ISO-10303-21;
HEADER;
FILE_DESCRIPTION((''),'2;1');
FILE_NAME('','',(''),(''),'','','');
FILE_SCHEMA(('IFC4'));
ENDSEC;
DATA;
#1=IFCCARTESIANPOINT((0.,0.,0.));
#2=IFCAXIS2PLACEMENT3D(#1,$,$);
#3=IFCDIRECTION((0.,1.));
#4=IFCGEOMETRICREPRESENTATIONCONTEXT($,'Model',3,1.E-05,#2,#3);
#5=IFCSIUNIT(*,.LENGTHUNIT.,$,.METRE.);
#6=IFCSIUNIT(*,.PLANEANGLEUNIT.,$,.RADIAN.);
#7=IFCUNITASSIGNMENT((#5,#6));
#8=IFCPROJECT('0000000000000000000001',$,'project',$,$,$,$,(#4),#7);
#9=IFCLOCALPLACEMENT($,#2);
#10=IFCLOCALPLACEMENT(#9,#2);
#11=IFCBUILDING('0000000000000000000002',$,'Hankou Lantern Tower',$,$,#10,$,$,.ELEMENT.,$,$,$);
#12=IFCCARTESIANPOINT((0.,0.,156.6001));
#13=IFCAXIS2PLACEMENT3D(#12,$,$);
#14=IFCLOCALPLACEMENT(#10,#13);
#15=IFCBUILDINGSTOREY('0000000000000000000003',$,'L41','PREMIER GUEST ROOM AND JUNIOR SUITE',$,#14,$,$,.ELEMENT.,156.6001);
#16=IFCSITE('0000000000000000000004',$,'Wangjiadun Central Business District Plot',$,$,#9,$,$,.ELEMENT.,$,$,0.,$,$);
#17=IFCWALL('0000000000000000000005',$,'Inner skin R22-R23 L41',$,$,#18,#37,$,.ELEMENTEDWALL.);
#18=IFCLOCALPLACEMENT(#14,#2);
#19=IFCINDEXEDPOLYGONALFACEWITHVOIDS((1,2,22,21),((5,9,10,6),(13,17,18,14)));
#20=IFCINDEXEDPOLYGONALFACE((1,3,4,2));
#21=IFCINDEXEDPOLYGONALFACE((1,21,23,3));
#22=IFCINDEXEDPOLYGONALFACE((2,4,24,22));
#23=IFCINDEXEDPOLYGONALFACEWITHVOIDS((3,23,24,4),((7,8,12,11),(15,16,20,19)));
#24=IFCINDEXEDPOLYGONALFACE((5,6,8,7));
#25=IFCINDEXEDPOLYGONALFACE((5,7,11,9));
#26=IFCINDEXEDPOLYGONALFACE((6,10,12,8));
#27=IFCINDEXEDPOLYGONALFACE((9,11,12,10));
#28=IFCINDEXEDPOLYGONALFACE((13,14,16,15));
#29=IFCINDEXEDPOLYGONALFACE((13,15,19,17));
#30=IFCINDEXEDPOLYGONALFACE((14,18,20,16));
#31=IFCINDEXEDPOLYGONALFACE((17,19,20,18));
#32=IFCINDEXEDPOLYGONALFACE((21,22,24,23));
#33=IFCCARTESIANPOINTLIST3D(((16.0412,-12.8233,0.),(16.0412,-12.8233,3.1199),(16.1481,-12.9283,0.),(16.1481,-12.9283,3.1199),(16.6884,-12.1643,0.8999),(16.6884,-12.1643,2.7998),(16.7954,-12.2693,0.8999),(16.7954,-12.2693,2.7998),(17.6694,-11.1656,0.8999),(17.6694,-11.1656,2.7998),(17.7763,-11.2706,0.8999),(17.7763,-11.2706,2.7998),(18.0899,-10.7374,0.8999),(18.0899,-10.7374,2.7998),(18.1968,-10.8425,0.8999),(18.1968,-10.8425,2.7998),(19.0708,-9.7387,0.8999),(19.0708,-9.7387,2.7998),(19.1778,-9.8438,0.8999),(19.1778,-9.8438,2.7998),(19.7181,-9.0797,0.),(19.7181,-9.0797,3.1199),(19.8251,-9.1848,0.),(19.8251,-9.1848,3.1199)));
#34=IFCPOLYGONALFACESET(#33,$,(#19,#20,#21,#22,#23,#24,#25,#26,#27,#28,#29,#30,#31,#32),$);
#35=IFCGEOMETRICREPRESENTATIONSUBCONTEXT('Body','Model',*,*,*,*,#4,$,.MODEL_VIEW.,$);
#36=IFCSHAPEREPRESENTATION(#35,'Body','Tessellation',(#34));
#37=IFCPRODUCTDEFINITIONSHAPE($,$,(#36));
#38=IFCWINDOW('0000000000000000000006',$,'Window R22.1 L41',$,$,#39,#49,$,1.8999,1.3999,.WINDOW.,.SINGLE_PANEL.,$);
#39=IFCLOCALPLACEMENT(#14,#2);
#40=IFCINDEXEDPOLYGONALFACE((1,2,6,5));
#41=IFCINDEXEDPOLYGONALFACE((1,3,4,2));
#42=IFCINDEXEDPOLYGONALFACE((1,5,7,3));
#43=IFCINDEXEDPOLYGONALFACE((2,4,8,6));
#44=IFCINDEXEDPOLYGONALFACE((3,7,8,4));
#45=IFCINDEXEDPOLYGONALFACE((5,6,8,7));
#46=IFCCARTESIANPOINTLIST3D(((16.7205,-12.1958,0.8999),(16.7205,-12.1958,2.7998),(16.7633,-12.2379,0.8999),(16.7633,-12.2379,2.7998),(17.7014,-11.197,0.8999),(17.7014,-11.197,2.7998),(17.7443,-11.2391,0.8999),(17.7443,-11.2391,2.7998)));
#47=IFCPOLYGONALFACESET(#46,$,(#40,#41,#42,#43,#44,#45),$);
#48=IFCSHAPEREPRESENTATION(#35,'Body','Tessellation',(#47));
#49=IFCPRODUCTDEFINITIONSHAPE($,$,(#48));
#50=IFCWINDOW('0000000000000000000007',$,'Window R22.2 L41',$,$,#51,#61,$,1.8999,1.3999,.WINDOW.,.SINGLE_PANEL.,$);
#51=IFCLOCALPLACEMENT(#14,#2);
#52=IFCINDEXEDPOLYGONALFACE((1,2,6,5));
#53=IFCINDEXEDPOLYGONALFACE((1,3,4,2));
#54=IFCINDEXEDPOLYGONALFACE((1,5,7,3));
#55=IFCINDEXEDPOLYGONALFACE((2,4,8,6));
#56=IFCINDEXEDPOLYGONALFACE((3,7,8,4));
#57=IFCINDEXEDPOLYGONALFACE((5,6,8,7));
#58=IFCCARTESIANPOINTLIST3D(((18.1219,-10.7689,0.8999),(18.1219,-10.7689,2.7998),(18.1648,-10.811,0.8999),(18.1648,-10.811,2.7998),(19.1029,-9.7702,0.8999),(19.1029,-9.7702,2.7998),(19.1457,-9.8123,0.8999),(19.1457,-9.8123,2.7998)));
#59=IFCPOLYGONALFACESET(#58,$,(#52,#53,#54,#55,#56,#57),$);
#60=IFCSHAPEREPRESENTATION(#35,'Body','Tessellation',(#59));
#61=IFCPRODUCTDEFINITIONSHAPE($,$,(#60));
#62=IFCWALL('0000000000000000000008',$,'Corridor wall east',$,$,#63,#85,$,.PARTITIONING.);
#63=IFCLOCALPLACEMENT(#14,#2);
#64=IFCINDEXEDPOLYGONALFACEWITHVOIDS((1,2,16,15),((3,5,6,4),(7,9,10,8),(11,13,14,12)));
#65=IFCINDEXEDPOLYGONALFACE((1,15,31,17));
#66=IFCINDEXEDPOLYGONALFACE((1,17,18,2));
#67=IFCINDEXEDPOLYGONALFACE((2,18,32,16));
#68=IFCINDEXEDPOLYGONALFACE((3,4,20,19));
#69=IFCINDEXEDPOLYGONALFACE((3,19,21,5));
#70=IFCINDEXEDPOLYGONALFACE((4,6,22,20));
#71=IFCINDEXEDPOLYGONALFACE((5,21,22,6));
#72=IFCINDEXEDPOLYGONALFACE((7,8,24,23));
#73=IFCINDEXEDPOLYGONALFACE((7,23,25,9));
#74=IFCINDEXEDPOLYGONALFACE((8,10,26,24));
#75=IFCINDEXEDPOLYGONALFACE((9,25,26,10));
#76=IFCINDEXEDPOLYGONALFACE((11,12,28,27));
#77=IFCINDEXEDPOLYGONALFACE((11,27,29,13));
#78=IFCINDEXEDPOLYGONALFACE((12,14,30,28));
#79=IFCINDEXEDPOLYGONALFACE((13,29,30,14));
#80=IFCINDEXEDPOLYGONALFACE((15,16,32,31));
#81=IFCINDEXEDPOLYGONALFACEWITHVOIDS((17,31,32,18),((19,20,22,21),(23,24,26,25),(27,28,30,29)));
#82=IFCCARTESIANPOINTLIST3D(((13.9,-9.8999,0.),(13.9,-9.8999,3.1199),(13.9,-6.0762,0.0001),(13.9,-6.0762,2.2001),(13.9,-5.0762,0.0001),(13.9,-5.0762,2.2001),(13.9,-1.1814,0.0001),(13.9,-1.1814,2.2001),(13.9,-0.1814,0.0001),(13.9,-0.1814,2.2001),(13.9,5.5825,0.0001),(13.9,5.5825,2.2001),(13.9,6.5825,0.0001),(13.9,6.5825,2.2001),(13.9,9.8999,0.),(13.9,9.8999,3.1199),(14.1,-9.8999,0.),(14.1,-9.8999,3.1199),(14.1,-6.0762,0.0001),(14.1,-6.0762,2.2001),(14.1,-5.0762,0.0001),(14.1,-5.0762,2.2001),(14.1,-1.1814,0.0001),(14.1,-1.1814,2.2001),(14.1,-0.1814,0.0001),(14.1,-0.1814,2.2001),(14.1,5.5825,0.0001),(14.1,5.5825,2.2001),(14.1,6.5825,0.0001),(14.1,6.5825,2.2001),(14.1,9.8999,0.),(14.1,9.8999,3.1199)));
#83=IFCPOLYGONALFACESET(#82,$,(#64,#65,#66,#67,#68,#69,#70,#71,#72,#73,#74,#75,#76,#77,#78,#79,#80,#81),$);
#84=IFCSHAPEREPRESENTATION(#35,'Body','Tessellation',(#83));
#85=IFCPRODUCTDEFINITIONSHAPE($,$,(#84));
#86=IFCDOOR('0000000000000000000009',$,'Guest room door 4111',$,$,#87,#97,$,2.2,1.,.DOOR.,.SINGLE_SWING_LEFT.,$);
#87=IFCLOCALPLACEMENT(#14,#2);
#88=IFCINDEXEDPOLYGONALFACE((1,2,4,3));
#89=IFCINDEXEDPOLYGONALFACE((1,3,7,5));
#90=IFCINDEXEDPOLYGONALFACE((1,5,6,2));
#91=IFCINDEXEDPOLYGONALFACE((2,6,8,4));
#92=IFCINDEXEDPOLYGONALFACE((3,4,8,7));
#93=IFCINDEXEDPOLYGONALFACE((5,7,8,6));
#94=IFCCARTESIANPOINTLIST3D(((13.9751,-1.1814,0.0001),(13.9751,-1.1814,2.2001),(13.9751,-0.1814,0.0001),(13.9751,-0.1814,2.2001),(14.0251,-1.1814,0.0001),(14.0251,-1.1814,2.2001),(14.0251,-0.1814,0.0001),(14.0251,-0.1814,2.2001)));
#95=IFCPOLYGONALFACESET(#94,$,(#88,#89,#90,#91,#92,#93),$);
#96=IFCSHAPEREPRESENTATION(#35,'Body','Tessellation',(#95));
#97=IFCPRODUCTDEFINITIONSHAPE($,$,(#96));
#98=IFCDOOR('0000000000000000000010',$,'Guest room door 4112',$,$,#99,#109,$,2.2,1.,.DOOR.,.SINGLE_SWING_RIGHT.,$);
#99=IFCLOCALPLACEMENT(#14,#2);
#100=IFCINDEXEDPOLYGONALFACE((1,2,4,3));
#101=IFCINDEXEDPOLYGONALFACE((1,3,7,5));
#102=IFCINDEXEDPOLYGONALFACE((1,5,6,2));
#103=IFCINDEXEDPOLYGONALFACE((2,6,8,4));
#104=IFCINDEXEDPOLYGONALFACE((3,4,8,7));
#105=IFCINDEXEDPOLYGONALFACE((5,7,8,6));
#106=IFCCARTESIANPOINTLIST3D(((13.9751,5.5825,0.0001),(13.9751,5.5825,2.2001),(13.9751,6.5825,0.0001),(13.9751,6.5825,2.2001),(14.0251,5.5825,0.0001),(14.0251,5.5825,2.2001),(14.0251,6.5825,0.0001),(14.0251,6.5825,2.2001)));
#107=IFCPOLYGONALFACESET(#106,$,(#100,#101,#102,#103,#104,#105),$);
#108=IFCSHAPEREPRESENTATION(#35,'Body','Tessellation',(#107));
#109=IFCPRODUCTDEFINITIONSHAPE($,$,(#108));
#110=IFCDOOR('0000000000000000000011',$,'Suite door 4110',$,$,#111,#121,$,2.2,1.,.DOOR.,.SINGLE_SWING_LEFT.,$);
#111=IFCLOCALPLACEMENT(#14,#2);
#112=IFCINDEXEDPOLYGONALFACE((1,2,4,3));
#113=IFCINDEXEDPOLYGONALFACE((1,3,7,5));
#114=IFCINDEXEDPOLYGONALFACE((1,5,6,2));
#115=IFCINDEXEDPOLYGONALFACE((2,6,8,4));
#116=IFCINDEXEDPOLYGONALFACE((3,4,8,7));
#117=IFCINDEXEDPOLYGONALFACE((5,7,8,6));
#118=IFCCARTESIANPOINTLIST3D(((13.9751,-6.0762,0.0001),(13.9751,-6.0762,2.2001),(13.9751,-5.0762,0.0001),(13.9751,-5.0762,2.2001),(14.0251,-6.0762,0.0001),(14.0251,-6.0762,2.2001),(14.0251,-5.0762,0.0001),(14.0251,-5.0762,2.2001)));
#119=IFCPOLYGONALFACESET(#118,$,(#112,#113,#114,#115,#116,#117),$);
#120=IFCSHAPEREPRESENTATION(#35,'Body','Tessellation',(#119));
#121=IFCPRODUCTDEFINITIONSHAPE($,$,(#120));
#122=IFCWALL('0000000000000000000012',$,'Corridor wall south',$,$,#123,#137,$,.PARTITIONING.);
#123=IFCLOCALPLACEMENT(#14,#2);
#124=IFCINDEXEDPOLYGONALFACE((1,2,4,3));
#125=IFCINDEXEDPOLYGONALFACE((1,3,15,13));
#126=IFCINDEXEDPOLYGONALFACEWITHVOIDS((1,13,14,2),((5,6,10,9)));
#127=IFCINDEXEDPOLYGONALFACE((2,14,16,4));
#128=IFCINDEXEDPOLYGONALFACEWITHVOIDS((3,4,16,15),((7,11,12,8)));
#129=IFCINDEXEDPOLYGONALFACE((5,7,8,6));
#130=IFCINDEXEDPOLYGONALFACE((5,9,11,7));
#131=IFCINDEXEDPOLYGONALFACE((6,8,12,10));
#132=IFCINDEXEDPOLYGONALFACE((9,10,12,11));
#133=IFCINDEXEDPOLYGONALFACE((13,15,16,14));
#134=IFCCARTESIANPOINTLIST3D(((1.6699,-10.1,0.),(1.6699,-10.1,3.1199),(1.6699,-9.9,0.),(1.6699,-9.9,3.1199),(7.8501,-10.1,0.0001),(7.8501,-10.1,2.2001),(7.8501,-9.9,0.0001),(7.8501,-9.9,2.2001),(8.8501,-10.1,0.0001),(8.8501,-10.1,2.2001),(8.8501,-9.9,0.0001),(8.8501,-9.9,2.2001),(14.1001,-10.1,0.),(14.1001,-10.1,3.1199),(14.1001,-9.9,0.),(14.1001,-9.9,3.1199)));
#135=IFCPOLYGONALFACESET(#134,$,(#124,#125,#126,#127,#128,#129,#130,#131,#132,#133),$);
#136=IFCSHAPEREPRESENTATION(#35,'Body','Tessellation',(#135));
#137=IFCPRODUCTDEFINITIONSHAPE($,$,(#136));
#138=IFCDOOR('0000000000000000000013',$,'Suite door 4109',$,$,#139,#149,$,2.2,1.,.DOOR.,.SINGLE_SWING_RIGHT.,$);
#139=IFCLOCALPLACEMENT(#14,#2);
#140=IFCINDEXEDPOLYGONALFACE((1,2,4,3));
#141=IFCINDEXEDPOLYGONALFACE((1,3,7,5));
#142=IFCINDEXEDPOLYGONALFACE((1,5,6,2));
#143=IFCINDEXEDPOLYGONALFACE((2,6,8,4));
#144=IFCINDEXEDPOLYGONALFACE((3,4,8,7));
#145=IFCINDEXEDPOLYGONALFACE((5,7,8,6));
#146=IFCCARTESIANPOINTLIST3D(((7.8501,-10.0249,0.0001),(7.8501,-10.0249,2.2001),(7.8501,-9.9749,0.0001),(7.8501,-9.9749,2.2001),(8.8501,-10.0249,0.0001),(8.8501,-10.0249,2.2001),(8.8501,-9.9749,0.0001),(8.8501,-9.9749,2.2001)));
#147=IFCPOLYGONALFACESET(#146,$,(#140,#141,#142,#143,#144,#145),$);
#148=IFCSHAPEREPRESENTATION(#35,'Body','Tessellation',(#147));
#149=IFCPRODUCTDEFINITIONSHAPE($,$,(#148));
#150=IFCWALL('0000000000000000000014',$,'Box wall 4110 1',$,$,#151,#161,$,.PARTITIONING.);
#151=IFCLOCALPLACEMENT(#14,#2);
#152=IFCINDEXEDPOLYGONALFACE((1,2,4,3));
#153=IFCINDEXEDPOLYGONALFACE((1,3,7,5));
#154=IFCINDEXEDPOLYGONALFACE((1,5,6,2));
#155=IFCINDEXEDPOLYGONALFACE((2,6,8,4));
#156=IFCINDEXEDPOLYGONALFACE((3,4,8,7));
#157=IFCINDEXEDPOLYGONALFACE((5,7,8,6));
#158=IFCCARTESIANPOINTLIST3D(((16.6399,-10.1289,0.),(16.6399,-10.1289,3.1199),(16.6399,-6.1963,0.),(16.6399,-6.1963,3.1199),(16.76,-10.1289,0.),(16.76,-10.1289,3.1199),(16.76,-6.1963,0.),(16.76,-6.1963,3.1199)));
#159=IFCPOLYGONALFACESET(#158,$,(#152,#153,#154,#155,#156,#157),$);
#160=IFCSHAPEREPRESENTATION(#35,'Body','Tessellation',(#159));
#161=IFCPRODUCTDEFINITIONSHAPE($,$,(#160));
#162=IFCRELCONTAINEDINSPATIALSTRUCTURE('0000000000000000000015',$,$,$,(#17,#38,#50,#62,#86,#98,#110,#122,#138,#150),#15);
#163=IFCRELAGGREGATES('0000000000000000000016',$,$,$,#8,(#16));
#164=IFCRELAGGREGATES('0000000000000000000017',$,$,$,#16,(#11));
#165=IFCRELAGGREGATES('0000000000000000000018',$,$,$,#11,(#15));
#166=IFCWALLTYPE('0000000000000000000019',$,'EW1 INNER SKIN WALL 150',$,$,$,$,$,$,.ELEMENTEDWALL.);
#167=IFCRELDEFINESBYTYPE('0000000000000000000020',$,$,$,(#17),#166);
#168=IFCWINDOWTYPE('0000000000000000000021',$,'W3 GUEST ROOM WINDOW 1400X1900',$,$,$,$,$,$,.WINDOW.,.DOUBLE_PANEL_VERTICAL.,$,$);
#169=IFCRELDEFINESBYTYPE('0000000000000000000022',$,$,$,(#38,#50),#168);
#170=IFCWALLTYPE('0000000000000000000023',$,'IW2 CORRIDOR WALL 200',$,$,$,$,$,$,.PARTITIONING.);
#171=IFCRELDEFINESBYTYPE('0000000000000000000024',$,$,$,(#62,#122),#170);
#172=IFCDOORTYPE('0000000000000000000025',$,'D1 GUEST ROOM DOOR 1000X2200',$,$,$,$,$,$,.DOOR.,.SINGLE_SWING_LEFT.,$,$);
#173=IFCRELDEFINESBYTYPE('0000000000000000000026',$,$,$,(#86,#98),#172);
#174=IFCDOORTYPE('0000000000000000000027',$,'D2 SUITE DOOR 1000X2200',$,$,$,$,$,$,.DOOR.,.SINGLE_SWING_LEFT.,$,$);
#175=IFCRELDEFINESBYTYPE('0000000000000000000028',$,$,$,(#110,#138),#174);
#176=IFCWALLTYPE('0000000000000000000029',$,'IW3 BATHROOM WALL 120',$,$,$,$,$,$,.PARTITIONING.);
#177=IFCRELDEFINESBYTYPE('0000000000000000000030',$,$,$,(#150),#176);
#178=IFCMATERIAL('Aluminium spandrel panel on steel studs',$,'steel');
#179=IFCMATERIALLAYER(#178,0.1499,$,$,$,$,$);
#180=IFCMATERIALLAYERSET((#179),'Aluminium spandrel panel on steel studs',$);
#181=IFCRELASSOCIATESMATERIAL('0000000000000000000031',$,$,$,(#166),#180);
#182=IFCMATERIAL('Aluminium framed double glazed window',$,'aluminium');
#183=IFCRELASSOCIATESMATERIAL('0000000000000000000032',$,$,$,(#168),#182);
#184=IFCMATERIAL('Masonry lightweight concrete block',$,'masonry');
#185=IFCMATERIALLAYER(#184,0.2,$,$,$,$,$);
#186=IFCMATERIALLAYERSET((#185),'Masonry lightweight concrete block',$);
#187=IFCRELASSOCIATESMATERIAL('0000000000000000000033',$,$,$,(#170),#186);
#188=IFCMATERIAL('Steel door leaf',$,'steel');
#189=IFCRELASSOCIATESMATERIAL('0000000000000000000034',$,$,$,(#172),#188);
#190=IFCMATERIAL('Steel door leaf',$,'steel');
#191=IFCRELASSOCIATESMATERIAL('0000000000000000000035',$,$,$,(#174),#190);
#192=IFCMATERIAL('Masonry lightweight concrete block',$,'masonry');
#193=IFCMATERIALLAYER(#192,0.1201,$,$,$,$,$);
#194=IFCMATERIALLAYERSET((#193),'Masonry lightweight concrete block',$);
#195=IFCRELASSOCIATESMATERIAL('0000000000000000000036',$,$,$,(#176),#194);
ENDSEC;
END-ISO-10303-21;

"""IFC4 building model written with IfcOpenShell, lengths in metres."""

from ifc_helpers import new_model, si_unit, direction, frame, frame_2d, origin, place, context, subcontext, project, spatial, rectangle, extrude, material, layer, layer_set, type_object, element, fill, save


model = new_model("IFC4")

# Units and contexts
model_context = context("Model", 3, precision=1e-05, world=origin(), true_north=direction((0.0, 1.0)))
body_context = subcontext(model_context, "Body", "Model", "MODEL_VIEW")
ifc_project = project(units=[si_unit("LENGTHUNIT", "METRE"), si_unit("PLANEANGLEUNIT", "RADIAN")], contexts=[model_context])

# Site, building, storey
site_placement = place(None, origin())
site = spatial("IfcSite", under=ifc_project, at=site_placement, Name="Wangjiadun Central Business District Plot", CompositionType="ELEMENT", RefElevation=0.0)
building_placement = place(site_placement, origin())
building = spatial("IfcBuilding", under=site, at=building_placement, Name="Hankou Lantern Tower", CompositionType="ELEMENT")
storey_placement = place(building_placement, frame((0.0, 0.0, 156.6001)))
storey = spatial("IfcBuildingStorey", under=building, at=storey_placement, Name="L41", Description="PREMIER GUEST ROOM AND JUNIOR SUITE", CompositionType="ELEMENT", Elevation=156.6001)

# Wall, openings, windows
ifc_material_1 = material(Name="Aluminium spandrel panel on steel studs", Category="steel")
ifc_layer_1 = layer(ifc_material_1, 0.1499)
ifc_layer_set_1 = layer_set([ifc_layer_1], Name="Aluminium spandrel panel on steel studs")
wall_type_1 = type_object("IfcWallType", Name="EW1 INNER SKIN WALL 150", PredefinedType="ELEMENTEDWALL", material=ifc_layer_set_1)
wall_1_placement = place(storey_placement, frame((16.0947, -12.8757, 0.0), z_axis=(0.0, 0.0, 1.0), x_axis=(0.700727, 0.713429, 0.0)))
wall_1 = element("IfcWall", 1, at=wall_1_placement, inside=storey, type_object=wall_type_1, Name="Inner skin R22-R23 L41", PredefinedType="ELEMENTEDWALL", context=body_context, shape_type="SweptSolid", body=[
    extrude(rectangle(XDim=5.2473, YDim=0.1499, at=frame_2d((2.6235, 0.0))), origin(), (0.0, 0.0, 1.0), 3.1199),
])
opening_1_placement = place(wall_1_placement, frame((0.9236, 0.0, 0.8999)))
opening_1 = element("IfcOpeningElement", 2, at=opening_1_placement, cuts=wall_1, PredefinedType="OPENING", context=body_context, shape_type="SweptSolid", body=[
    extrude(rectangle(XDim=1.3999, YDim=1.8999, at=frame_2d((0.7, 0.95))), frame((0.0, 0.085, 0.0), z_axis=(0.0, -1.0, 0.0), x_axis=(1.0, 0.0, 0.0)), (0.0, 0.0, 1.0), 0.1699),
])
opening_2_placement = place(wall_1_placement, frame((2.9236, 0.0, 0.8999)))
opening_2 = element("IfcOpeningElement", 3, at=opening_2_placement, cuts=wall_1, PredefinedType="OPENING", context=body_context, shape_type="SweptSolid", body=[
    extrude(rectangle(XDim=1.3999, YDim=1.8999, at=frame_2d((0.7, 0.95))), frame((0.0, 0.085, 0.0), z_axis=(0.0, -1.0, 0.0), x_axis=(1.0, 0.0, 0.0)), (0.0, 0.0, 1.0), 0.1699),
])
ifc_material_2 = material(Name="Aluminium framed double glazed window", Category="aluminium")
window_type = type_object("IfcWindowType", Name="W3 GUEST ROOM WINDOW 1400X1900", PartitioningType="DOUBLE_PANEL_VERTICAL", PredefinedType="WINDOW", material=ifc_material_2)
window_1_placement = place(opening_1_placement, origin())
window_1 = element("IfcWindow", 4, at=window_1_placement, inside=storey, type_object=window_type, Name="Window R22.1 L41", OverallHeight=1.8999, OverallWidth=1.3999, PartitioningType="SINGLE_PANEL", PredefinedType="WINDOW", context=body_context, shape_type="SweptSolid", body=[
    extrude(rectangle(XDim=1.3999, YDim=1.8999, at=frame_2d((0.7, 0.95))), frame((0.0, 0.03, 0.0), z_axis=(0.0, -1.0, 0.0), x_axis=(1.0, 0.0, 0.0)), (0.0, 0.0, 1.0), 0.0601),
])
fill(opening_1, window_1)
window_2_placement = place(opening_2_placement, origin())
window_2 = element("IfcWindow", 5, at=window_2_placement, inside=storey, type_object=window_type, Name="Window R22.2 L41", OverallHeight=1.8999, OverallWidth=1.3999, PartitioningType="SINGLE_PANEL", PredefinedType="WINDOW", context=body_context, shape_type="SweptSolid", body=[
    extrude(rectangle(XDim=1.3999, YDim=1.8999, at=frame_2d((0.7, 0.95))), frame((0.0, 0.03, 0.0), z_axis=(0.0, -1.0, 0.0), x_axis=(1.0, 0.0, 0.0)), (0.0, 0.0, 1.0), 0.0601),
])
fill(opening_2, window_2)

# Wall, openings, doors
ifc_material_3 = material(Name="Masonry lightweight concrete block", Category="masonry")
ifc_layer_2 = layer(ifc_material_3, 0.2)
ifc_layer_set_2 = layer_set([ifc_layer_2], Name="Masonry lightweight concrete block")
wall_type_2 = type_object("IfcWallType", Name="IW2 CORRIDOR WALL 200", PredefinedType="PARTITIONING", material=ifc_layer_set_2)
wall_2_placement = place(storey_placement, frame((14.0, -9.8999, 0.0), z_axis=(0.0, 0.0, 1.0), x_axis=(0.0, 1.0, 0.0)))
wall_2 = element("IfcWall", 6, at=wall_2_placement, inside=storey, type_object=wall_type_2, Name="Corridor wall east", PredefinedType="PARTITIONING", context=body_context, shape_type="SweptSolid", body=[
    extrude(rectangle(XDim=19.7998, YDim=0.2, at=frame_2d((9.8999, 0.0))), origin(), (0.0, 0.0, 1.0), 3.1199),
])
opening_3_placement = place(wall_2_placement, frame((3.8237, 0.0, 0.0)))
opening_3 = element("IfcOpeningElement", 7, at=opening_3_placement, cuts=wall_2, PredefinedType="OPENING", context=body_context, shape_type="SweptSolid", body=[
    extrude(rectangle(XDim=1.0, YDim=2.2, at=frame_2d((0.5, 1.1001))), frame((0.0, 0.1099, 0.0), z_axis=(0.0, -1.0, 0.0), x_axis=(1.0, 0.0, 0.0)), (0.0, 0.0, 1.0), 0.22),
])
opening_4_placement = place(wall_2_placement, frame((8.7185, 0.0, 0.0)))
opening_4 = element("IfcOpeningElement", 8, at=opening_4_placement, cuts=wall_2, PredefinedType="OPENING", context=body_context, shape_type="SweptSolid", body=[
    extrude(rectangle(XDim=1.0, YDim=2.2, at=frame_2d((0.5, 1.1001))), frame((0.0, 0.1099, 0.0), z_axis=(0.0, -1.0, 0.0), x_axis=(1.0, 0.0, 0.0)), (0.0, 0.0, 1.0), 0.22),
])
opening_5_placement = place(wall_2_placement, frame((15.4824, 0.0, 0.0)))
opening_5 = element("IfcOpeningElement", 9, at=opening_5_placement, cuts=wall_2, PredefinedType="OPENING", context=body_context, shape_type="SweptSolid", body=[
    extrude(rectangle(XDim=1.0, YDim=2.2, at=frame_2d((0.5, 1.1001))), frame((0.0, 0.1099, 0.0), z_axis=(0.0, -1.0, 0.0), x_axis=(1.0, 0.0, 0.0)), (0.0, 0.0, 1.0), 0.22),
])
ifc_material_4 = material(Name="Steel door leaf", Category="steel")
door_type_1 = type_object("IfcDoorType", Name="D1 GUEST ROOM DOOR 1000X2200", OperationType="SINGLE_SWING_LEFT", PredefinedType="DOOR", material=ifc_material_4)
door_1_placement = place(opening_4_placement, origin())
door_1 = element("IfcDoor", 10, at=door_1_placement, inside=storey, type_object=door_type_1, Name="Guest room door 4111", OperationType="SINGLE_SWING_LEFT", OverallHeight=2.2, OverallWidth=1.0, PredefinedType="DOOR", context=body_context, shape_type="SweptSolid", body=[
    extrude(rectangle(XDim=1.0, YDim=2.2, at=frame_2d((0.5, 1.1001))), frame((0.0, 0.0249, 0.0), z_axis=(0.0, -1.0, 0.0), x_axis=(1.0, 0.0, 0.0)), (0.0, 0.0, 1.0), 0.05),
])
fill(opening_4, door_1)
door_2_placement = place(opening_5_placement, origin())
door_2 = element("IfcDoor", 11, at=door_2_placement, inside=storey, type_object=door_type_1, Name="Guest room door 4112", OperationType="SINGLE_SWING_RIGHT", OverallHeight=2.2, OverallWidth=1.0, PredefinedType="DOOR", context=body_context, shape_type="SweptSolid", body=[
    extrude(rectangle(XDim=1.0, YDim=2.2, at=frame_2d((0.5, 1.1001))), frame((0.0, 0.0249, 0.0), z_axis=(0.0, -1.0, 0.0), x_axis=(1.0, 0.0, 0.0)), (0.0, 0.0, 1.0), 0.05),
])
fill(opening_5, door_2)
ifc_material_5 = material(Name="Steel door leaf", Category="steel")
door_type_2 = type_object("IfcDoorType", Name="D2 SUITE DOOR 1000X2200", OperationType="SINGLE_SWING_LEFT", PredefinedType="DOOR", material=ifc_material_5)
door_3_placement = place(opening_3_placement, origin())
door_3 = element("IfcDoor", 12, at=door_3_placement, inside=storey, type_object=door_type_2, Name="Suite door 4110", OperationType="SINGLE_SWING_LEFT", OverallHeight=2.2, OverallWidth=1.0, PredefinedType="DOOR", context=body_context, shape_type="SweptSolid", body=[
    extrude(rectangle(XDim=1.0, YDim=2.2, at=frame_2d((0.5, 1.1001))), frame((0.0, 0.0249, 0.0), z_axis=(0.0, -1.0, 0.0), x_axis=(1.0, 0.0, 0.0)), (0.0, 0.0, 1.0), 0.05),
])
fill(opening_3, door_3)

# Wall, opening, door
wall_3_placement = place(storey_placement, frame((14.1001, -10.0, 0.0), z_axis=(0.0, 0.0, 1.0), x_axis=(-1.0, 0.0, 0.0)))
wall_3 = element("IfcWall", 13, at=wall_3_placement, inside=storey, type_object=wall_type_2, Name="Corridor wall south", PredefinedType="PARTITIONING", context=body_context, shape_type="SweptSolid", body=[
    extrude(rectangle(XDim=12.4302, YDim=0.2, at=frame_2d((6.2151, 0.0))), origin(), (0.0, 0.0, 1.0), 3.1199),
])
opening_6_placement = place(wall_3_placement, frame((5.25, 0.0, 0.0)))
opening_6 = element("IfcOpeningElement", 14, at=opening_6_placement, cuts=wall_3, PredefinedType="OPENING", context=body_context, shape_type="SweptSolid", body=[
    extrude(rectangle(XDim=1.0, YDim=2.2, at=frame_2d((0.5, 1.1001))), frame((0.0, 0.1099, 0.0), z_axis=(0.0, -1.0, 0.0), x_axis=(1.0, 0.0, 0.0)), (0.0, 0.0, 1.0), 0.22),
])
door_4_placement = place(opening_6_placement, origin())
door_4 = element("IfcDoor", 15, at=door_4_placement, inside=storey, type_object=door_type_2, Name="Suite door 4109", OperationType="SINGLE_SWING_RIGHT", OverallHeight=2.2, OverallWidth=1.0, PredefinedType="DOOR", context=body_context, shape_type="SweptSolid", body=[
    extrude(rectangle(XDim=1.0, YDim=2.2, at=frame_2d((0.5, 1.1001))), frame((0.0, 0.0249, 0.0), z_axis=(0.0, -1.0, 0.0), x_axis=(1.0, 0.0, 0.0)), (0.0, 0.0, 1.0), 0.05),
])
fill(opening_6, door_4)

# Wall
ifc_material_6 = material(Name="Masonry lightweight concrete block", Category="masonry")
ifc_layer_3 = layer(ifc_material_6, 0.1201)
ifc_layer_set_3 = layer_set([ifc_layer_3], Name="Masonry lightweight concrete block")
wall_type_3 = type_object("IfcWallType", Name="IW3 BATHROOM WALL 120", PredefinedType="PARTITIONING", material=ifc_layer_set_3)
wall_4_placement = place(storey_placement, frame((16.7, -10.1289, 0.0), z_axis=(0.0, 0.0, 1.0), x_axis=(0.0, 1.0, 0.0)))
element("IfcWall", 16, at=wall_4_placement, inside=storey, type_object=wall_type_3, Name="Box wall 4110 1", PredefinedType="PARTITIONING", context=body_context, shape_type="SweptSolid", body=[
    extrude(rectangle(XDim=3.9326, YDim=0.1201, at=frame_2d((1.9663, 0.0))), origin(), (0.0, 0.0, 1.0), 3.1199),
])

save(model, "model.ifc")
